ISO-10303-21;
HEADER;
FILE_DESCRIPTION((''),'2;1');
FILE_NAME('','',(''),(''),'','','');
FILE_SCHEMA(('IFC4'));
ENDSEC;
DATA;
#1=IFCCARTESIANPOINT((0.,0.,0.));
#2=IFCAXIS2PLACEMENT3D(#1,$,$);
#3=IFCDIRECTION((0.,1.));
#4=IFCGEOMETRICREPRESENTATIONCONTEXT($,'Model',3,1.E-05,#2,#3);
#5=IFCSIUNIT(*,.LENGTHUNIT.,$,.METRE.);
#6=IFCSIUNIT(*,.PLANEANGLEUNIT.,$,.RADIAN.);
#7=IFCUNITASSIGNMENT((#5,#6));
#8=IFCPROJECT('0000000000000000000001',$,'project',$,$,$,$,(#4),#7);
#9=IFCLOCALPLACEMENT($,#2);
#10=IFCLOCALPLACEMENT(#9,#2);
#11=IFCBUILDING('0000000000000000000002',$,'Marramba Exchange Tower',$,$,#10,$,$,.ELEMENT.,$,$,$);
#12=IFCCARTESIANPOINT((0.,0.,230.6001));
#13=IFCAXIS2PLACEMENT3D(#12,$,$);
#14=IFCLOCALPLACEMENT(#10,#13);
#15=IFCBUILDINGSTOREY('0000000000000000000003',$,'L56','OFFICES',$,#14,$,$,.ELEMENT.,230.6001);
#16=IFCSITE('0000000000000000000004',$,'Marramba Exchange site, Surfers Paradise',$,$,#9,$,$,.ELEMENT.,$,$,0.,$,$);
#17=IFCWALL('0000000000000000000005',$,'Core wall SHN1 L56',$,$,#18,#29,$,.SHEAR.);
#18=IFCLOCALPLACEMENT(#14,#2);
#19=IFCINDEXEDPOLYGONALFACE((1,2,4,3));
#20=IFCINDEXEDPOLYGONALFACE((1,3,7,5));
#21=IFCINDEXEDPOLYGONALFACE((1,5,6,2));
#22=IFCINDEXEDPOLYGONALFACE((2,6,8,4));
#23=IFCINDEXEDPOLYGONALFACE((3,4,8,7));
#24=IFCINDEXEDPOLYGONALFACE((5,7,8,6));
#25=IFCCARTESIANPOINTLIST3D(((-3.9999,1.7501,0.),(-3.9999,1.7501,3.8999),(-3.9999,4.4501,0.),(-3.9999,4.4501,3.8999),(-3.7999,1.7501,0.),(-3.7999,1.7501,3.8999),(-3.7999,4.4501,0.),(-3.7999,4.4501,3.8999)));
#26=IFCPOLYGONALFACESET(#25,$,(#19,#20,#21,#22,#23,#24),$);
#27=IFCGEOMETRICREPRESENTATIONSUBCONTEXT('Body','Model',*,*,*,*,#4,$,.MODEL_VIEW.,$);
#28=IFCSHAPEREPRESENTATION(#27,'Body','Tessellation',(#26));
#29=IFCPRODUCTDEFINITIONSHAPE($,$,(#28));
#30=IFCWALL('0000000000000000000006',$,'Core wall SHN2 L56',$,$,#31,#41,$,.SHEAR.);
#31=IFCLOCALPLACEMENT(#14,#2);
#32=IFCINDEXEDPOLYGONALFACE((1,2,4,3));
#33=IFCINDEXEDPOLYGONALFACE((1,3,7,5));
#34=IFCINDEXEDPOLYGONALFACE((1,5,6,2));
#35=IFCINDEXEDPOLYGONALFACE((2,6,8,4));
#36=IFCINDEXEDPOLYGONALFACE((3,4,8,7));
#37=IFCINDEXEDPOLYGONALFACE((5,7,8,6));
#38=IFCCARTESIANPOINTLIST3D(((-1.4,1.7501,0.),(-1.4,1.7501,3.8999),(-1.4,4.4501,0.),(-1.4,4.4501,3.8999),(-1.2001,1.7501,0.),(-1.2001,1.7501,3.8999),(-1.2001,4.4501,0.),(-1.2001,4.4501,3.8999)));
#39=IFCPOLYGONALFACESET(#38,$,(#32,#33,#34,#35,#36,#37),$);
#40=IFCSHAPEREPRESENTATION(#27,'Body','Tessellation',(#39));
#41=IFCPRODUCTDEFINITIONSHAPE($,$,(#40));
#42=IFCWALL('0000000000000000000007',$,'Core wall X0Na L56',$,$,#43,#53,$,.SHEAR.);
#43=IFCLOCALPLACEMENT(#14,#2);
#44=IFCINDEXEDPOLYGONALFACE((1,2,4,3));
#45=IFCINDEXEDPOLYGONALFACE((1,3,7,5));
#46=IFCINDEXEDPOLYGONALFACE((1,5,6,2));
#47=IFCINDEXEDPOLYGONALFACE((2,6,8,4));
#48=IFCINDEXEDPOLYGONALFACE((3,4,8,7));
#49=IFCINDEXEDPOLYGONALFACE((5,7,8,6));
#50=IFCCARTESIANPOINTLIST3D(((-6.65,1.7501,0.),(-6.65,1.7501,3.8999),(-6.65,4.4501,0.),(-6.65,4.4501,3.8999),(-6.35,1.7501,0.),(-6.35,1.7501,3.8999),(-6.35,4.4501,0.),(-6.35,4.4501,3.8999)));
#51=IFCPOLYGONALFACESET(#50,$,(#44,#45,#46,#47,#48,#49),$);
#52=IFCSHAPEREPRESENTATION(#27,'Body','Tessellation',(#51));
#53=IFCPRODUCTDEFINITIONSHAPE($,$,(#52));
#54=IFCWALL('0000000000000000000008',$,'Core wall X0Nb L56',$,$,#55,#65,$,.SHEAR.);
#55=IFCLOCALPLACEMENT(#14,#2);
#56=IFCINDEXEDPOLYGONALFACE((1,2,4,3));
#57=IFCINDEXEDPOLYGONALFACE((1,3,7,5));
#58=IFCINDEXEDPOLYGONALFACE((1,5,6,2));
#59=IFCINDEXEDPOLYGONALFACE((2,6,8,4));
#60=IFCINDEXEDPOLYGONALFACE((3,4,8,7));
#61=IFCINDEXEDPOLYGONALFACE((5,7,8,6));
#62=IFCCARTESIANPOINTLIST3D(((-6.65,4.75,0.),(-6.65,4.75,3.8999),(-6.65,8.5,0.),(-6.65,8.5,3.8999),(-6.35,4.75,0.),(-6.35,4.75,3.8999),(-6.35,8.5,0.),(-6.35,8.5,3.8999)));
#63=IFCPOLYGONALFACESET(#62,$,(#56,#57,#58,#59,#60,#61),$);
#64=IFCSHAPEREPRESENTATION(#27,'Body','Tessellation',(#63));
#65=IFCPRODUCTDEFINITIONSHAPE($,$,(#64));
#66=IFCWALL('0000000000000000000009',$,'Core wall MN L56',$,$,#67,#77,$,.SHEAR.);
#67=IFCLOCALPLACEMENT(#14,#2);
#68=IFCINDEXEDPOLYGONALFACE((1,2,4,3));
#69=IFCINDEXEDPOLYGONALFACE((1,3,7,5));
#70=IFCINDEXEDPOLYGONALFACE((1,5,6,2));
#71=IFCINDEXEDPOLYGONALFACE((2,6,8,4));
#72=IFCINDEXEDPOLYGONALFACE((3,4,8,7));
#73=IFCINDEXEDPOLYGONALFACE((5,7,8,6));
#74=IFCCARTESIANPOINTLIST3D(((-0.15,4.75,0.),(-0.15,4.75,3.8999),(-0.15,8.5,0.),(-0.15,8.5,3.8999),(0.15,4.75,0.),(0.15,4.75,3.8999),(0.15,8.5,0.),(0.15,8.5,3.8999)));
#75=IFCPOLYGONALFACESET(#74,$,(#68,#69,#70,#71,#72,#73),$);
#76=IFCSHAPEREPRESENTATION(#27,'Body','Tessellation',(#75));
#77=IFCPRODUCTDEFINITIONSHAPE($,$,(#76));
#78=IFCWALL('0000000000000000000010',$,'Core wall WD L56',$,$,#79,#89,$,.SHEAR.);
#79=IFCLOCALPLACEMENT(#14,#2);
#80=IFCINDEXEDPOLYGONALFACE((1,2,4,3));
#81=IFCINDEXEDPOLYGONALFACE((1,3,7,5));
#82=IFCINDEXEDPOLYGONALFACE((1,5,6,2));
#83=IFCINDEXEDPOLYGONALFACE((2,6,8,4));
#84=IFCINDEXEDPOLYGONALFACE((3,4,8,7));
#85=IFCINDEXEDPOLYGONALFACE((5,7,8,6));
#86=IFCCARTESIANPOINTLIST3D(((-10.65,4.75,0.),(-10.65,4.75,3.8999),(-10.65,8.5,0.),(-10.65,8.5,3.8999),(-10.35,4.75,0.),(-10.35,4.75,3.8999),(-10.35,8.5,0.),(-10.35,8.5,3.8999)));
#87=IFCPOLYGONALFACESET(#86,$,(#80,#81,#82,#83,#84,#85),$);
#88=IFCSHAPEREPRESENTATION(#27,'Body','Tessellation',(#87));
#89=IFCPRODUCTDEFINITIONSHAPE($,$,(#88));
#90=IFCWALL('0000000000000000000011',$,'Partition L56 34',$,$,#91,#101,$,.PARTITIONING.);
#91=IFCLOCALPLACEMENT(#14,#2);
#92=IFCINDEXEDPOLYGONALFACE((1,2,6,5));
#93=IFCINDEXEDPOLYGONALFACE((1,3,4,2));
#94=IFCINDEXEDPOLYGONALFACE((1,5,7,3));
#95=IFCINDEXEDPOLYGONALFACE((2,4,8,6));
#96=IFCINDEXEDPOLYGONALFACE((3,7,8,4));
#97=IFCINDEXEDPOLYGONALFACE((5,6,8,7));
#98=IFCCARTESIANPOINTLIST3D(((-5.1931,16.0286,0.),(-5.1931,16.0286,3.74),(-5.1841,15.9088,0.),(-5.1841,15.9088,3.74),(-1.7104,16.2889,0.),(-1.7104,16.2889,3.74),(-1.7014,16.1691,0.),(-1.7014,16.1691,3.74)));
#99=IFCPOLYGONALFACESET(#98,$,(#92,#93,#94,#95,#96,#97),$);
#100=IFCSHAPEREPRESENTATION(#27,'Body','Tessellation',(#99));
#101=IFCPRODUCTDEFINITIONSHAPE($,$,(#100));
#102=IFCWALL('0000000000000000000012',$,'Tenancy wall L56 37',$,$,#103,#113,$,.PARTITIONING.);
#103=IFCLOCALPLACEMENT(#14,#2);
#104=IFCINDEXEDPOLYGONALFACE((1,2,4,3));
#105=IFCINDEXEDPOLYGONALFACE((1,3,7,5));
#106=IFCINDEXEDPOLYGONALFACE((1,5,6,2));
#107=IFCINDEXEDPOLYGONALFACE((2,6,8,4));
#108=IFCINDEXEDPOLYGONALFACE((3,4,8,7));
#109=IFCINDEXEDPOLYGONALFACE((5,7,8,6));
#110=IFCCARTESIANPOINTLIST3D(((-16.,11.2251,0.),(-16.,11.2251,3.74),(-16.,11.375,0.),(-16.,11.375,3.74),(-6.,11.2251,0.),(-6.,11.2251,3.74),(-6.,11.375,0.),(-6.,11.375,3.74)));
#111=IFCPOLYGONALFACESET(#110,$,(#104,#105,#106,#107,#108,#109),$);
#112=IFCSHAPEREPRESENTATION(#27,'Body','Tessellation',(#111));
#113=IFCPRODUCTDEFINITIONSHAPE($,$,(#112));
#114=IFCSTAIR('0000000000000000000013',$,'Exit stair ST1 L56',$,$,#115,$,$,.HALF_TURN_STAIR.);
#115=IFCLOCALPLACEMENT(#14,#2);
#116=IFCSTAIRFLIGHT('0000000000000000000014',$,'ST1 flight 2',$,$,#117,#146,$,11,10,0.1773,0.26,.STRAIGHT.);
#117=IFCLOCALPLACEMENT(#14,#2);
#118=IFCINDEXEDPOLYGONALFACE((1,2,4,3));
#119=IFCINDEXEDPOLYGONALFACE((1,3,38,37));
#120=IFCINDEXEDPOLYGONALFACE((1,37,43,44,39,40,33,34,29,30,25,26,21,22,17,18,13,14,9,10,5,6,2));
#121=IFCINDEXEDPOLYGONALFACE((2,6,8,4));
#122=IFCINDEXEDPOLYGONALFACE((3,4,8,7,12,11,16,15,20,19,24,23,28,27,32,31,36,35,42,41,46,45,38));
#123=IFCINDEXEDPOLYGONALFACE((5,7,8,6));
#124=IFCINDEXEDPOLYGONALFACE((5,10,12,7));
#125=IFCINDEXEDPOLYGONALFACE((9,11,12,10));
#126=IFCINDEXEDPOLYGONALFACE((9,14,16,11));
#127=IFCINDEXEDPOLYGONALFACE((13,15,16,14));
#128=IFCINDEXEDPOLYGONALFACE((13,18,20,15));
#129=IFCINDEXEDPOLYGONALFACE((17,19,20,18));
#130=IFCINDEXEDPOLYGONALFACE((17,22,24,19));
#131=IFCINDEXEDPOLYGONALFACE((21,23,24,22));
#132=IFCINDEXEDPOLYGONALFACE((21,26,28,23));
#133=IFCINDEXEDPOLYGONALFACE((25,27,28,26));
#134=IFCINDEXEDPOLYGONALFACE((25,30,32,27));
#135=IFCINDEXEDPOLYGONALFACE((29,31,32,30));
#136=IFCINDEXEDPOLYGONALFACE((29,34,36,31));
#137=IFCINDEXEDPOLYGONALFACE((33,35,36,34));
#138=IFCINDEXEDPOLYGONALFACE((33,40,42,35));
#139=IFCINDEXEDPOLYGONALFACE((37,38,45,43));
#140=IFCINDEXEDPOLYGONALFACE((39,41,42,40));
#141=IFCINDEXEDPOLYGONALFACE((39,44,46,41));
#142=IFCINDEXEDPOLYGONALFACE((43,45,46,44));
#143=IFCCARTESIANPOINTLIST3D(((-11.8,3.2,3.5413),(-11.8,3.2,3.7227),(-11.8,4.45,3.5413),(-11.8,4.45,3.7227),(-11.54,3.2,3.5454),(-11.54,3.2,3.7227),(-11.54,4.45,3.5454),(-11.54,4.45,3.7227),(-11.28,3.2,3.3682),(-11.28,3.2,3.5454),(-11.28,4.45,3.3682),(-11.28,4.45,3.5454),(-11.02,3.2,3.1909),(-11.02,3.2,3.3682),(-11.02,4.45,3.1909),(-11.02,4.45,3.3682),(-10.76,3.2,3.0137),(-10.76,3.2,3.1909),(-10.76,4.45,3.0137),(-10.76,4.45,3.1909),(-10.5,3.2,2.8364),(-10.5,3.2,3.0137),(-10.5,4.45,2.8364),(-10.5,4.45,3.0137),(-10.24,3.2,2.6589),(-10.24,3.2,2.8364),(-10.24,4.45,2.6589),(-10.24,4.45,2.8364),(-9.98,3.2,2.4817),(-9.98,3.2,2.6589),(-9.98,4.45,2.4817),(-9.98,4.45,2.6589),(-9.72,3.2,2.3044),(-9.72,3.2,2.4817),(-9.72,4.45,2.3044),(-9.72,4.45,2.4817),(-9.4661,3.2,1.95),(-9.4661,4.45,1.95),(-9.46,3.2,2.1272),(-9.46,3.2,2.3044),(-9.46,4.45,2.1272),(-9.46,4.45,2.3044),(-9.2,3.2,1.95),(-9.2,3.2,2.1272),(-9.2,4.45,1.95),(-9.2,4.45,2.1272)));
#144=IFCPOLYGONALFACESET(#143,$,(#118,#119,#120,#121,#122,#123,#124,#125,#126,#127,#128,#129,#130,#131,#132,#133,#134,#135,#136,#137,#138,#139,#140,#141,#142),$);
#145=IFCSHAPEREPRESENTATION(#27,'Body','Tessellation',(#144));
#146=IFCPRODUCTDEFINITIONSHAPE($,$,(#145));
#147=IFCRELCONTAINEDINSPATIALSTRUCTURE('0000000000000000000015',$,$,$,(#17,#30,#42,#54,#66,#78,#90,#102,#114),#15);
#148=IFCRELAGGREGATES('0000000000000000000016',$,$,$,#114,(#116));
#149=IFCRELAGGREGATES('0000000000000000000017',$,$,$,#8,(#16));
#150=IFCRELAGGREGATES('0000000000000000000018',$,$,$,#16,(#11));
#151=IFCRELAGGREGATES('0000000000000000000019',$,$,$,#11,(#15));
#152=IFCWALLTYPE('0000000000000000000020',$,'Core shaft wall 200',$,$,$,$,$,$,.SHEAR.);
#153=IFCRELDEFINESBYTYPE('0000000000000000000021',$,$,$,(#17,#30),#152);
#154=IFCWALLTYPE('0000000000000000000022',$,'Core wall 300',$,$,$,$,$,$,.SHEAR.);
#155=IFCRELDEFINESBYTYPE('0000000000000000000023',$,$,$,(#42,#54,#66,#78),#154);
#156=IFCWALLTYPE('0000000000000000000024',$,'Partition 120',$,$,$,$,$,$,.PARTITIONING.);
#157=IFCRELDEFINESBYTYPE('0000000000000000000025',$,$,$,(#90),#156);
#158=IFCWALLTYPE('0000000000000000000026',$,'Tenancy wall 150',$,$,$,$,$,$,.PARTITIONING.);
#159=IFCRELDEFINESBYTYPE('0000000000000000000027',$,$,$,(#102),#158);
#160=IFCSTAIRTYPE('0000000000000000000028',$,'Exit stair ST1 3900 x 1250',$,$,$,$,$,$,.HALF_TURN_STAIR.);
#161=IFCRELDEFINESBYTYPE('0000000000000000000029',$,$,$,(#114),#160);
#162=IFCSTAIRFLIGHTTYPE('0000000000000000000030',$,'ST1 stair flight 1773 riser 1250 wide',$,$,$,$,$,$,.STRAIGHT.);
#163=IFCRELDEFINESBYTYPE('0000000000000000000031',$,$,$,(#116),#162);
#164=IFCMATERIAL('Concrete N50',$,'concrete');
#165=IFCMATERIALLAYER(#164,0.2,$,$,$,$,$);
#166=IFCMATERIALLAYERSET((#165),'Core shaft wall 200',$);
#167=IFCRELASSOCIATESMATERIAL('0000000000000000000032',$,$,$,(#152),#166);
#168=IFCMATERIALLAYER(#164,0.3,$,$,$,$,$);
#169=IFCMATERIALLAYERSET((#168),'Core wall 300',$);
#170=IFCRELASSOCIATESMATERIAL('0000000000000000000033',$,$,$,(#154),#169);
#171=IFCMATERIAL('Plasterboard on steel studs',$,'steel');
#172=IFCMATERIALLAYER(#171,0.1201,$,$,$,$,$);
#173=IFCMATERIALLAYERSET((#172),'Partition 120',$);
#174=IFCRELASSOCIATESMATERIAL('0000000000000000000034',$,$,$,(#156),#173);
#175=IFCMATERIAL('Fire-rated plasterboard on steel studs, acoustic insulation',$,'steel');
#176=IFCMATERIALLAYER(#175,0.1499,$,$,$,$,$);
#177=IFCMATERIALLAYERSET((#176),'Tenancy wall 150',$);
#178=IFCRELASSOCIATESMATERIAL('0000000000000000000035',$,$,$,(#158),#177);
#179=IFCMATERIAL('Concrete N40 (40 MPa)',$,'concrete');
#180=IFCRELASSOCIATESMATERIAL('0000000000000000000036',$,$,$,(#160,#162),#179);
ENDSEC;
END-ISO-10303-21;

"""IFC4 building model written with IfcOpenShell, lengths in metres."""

from ifc_helpers import new_model, si_unit, direction, frame, frame_2d, origin, place, context, subcontext, project, spatial, polyline, rectangle, outline, extrude, material, layer, layer_set, type_object, element, aggregate, save


model = new_model("IFC4")

# Units and contexts
model_context = context("Model", 3, precision=1e-05, world=origin(), true_north=direction((0.0, 1.0)))
body_context = subcontext(model_context, "Body", "Model", "MODEL_VIEW")
ifc_project = project(units=[si_unit("LENGTHUNIT", "METRE"), si_unit("PLANEANGLEUNIT", "RADIAN")], contexts=[model_context])

# Site, building, storey
site_placement = place(None, origin())
site = spatial("IfcSite", under=ifc_project, at=site_placement, Name="Marramba Exchange site, Surfers Paradise", CompositionType="ELEMENT", RefElevation=0.0)
building_placement = place(site_placement, origin())
building = spatial("IfcBuilding", under=site, at=building_placement, Name="Marramba Exchange Tower", CompositionType="ELEMENT")
storey_placement = place(building_placement, frame((0.0, 0.0, 230.6001)))
storey = spatial("IfcBuildingStorey", under=building, at=storey_placement, Name="L56", Description="OFFICES", CompositionType="ELEMENT", Elevation=230.6001)

# Walls
ifc_material_1 = material(Name="Concrete N50", Category="concrete")
ifc_layer_1 = layer(ifc_material_1, 0.2)
ifc_layer_set_1 = layer_set([ifc_layer_1], Name="Core shaft wall 200")
wall_type_1 = type_object("IfcWallType", Name="Core shaft wall 200", PredefinedType="SHEAR", material=ifc_layer_set_1)
for number, where, z_axis, x_axis, name in (
    (1, (-3.8999, 1.75, 0.0), (0.0, 0.0, 1.0), (0.0, 1.0, 0.0), "Core wall SHN1 L56"),
    (2, (-1.3, 1.75, 0.0), (0.0, 0.0, 1.0), (0.0, 1.0, 0.0), "Core wall SHN2 L56"),
):
    element("IfcWall", number, at=place(storey_placement, frame(where, z_axis=z_axis, x_axis=x_axis)), inside=storey, type_object=wall_type_1, Name=name, PredefinedType="SHEAR", context=body_context, shape_type="SweptSolid", body=[
        extrude(rectangle(XDim=2.7, YDim=0.2, at=frame_2d((1.3501, 0.0))), origin(), (0.0, 0.0, 1.0), 3.8999),
    ])
ifc_layer_2 = layer(ifc_material_1, 0.3)
ifc_layer_set_2 = layer_set([ifc_layer_2], Name="Core wall 300")
wall_type_2 = type_object("IfcWallType", Name="Core wall 300", PredefinedType="SHEAR", material=ifc_layer_set_2)
wall_1_placement = place(storey_placement, frame((-6.5, 1.75, 0.0), z_axis=(0.0, 0.0, 1.0), x_axis=(0.0, 1.0, 0.0)))
element("IfcWall", 3, at=wall_1_placement, inside=storey, type_object=wall_type_2, Name="Core wall X0Na L56", PredefinedType="SHEAR", context=body_context, shape_type="SweptSolid", body=[
    extrude(rectangle(XDim=2.7, YDim=0.3, at=frame_2d((1.3501, 0.0))), origin(), (0.0, 0.0, 1.0), 3.8999),
])
for number, where, z_axis, x_axis, name in (
    (4, (-6.5, 4.75, 0.0), (0.0, 0.0, 1.0), (0.0, 1.0, 0.0), "Core wall X0Nb L56"),
    (5, (0.0, 4.75, 0.0), (0.0, 0.0, 1.0), (0.0, 1.0, 0.0), "Core wall MN L56"),
    (6, (-10.5, 4.75, 0.0), (0.0, 0.0, 1.0), (0.0, 1.0, 0.0), "Core wall WD L56"),
):
    element("IfcWall", number, at=place(storey_placement, frame(where, z_axis=z_axis, x_axis=x_axis)), inside=storey, type_object=wall_type_2, Name=name, PredefinedType="SHEAR", context=body_context, shape_type="SweptSolid", body=[
        extrude(rectangle(XDim=3.75, YDim=0.3, at=frame_2d((1.875, 0.0))), origin(), (0.0, 0.0, 1.0), 3.8999),
    ])
ifc_material_2 = material(Name="Plasterboard on steel studs", Category="steel")
ifc_layer_3 = layer(ifc_material_2, 0.1201)
ifc_layer_set_3 = layer_set([ifc_layer_3], Name="Partition 120")
wall_type_3 = type_object("IfcWallType", Name="Partition 120", PredefinedType="PARTITIONING", material=ifc_layer_set_3)
wall_2_placement = place(storey_placement, frame((-5.1885, 15.9688, 0.0), z_axis=(0.0, 0.0, 1.0), x_axis=(0.997219, 0.074521, 0.0)))
element("IfcWall", 7, at=wall_2_placement, inside=storey, type_object=wall_type_3, Name="Partition L56 34", PredefinedType="PARTITIONING", context=body_context, shape_type="SweptSolid", body=[
    extrude(rectangle(XDim=3.4924, YDim=0.1201, at=frame_2d((1.7461, 0.0))), origin(), (0.0, 0.0, 1.0), 3.74),
])

# Wall
ifc_material_3 = material(Name="Fire-rated plasterboard on steel studs, acoustic insulation", Category="steel")
ifc_layer_4 = layer(ifc_material_3, 0.1499)
ifc_layer_set_4 = layer_set([ifc_layer_4], Name="Tenancy wall 150")
wall_type_4 = type_object("IfcWallType", Name="Tenancy wall 150", PredefinedType="PARTITIONING", material=ifc_layer_set_4)
wall_3_placement = place(storey_placement, frame((-6.0, 11.3, 0.0), z_axis=(0.0, 0.0, 1.0), x_axis=(-1.0, 0.0, 0.0)))
element("IfcWall", 8, at=wall_3_placement, inside=storey, type_object=wall_type_4, Name="Tenancy wall L56 37", PredefinedType="PARTITIONING", context=body_context, shape_type="SweptSolid", body=[
    extrude(rectangle(XDim=10.0, YDim=0.1499, at=frame_2d((5.0, 0.0))), origin(), (0.0, 0.0, 1.0), 3.74),
])

# Stair, stair flight
ifc_material_4 = material(Name="Concrete N40 (40 MPa)", Category="concrete")
stair_type = type_object("IfcStairType", Name="Exit stair ST1 3900 x 1250", PredefinedType="HALF_TURN_STAIR", material=ifc_material_4)
stair_placement = place(storey_placement, origin())
stair = element("IfcStair", 9, at=stair_placement, inside=storey, type_object=stair_type, Name="Exit stair ST1 L56", PredefinedType="HALF_TURN_STAIR")
stair_flight_type = type_object("IfcStairFlightType", Name="ST1 stair flight 1773 riser 1250 wide", PredefinedType="STRAIGHT", material=ifc_material_4)
stair_flight_placement = place(storey_placement, frame((-9.2, 3.825, 1.95), z_axis=(0.0, 0.0, 1.0), x_axis=(-1.0, 0.0, 0.0)))
stair_flight = element("IfcStairFlight", 10, at=stair_flight_placement, type_object=stair_flight_type, Name="ST1 flight 2", NumberOfRisers=11, NumberOfTreads=10, PredefinedType="STRAIGHT", RiserHeight=0.1773, TreadLength=0.26, context=body_context, shape_type="SweptSolid", body=[
    extrude(outline(polyline([(0.0, 0.0), (0.0, 0.1772), (0.26, 0.1772), (0.26, 0.3545), (0.52, 0.3545), (0.52, 0.5317), (0.78, 0.5317), (0.78, 0.709), (1.04, 0.709), (1.04, 0.8865), (1.3, 0.8865), (1.3, 1.0637), (1.5601, 1.0637), (1.5601, 1.241), (1.8201, 1.241), (1.8201, 1.4182), (2.0801, 1.4182), (2.0801, 1.5955), (2.3401, 1.5955), (2.3401, 1.7727), (2.6001, 1.7727), (2.6001, 1.95), (2.6001, 1.5913), (0.2661, 0.0), (0.0, 0.0)])), frame((0.0, 0.625, 0.0), z_axis=(0.0, -1.0, 0.0), x_axis=(1.0, 0.0, 0.0)), (0.0, 0.0, 1.0), 1.25),
])
aggregate(stair, [stair_flight])

save(model, "model.ifc")
